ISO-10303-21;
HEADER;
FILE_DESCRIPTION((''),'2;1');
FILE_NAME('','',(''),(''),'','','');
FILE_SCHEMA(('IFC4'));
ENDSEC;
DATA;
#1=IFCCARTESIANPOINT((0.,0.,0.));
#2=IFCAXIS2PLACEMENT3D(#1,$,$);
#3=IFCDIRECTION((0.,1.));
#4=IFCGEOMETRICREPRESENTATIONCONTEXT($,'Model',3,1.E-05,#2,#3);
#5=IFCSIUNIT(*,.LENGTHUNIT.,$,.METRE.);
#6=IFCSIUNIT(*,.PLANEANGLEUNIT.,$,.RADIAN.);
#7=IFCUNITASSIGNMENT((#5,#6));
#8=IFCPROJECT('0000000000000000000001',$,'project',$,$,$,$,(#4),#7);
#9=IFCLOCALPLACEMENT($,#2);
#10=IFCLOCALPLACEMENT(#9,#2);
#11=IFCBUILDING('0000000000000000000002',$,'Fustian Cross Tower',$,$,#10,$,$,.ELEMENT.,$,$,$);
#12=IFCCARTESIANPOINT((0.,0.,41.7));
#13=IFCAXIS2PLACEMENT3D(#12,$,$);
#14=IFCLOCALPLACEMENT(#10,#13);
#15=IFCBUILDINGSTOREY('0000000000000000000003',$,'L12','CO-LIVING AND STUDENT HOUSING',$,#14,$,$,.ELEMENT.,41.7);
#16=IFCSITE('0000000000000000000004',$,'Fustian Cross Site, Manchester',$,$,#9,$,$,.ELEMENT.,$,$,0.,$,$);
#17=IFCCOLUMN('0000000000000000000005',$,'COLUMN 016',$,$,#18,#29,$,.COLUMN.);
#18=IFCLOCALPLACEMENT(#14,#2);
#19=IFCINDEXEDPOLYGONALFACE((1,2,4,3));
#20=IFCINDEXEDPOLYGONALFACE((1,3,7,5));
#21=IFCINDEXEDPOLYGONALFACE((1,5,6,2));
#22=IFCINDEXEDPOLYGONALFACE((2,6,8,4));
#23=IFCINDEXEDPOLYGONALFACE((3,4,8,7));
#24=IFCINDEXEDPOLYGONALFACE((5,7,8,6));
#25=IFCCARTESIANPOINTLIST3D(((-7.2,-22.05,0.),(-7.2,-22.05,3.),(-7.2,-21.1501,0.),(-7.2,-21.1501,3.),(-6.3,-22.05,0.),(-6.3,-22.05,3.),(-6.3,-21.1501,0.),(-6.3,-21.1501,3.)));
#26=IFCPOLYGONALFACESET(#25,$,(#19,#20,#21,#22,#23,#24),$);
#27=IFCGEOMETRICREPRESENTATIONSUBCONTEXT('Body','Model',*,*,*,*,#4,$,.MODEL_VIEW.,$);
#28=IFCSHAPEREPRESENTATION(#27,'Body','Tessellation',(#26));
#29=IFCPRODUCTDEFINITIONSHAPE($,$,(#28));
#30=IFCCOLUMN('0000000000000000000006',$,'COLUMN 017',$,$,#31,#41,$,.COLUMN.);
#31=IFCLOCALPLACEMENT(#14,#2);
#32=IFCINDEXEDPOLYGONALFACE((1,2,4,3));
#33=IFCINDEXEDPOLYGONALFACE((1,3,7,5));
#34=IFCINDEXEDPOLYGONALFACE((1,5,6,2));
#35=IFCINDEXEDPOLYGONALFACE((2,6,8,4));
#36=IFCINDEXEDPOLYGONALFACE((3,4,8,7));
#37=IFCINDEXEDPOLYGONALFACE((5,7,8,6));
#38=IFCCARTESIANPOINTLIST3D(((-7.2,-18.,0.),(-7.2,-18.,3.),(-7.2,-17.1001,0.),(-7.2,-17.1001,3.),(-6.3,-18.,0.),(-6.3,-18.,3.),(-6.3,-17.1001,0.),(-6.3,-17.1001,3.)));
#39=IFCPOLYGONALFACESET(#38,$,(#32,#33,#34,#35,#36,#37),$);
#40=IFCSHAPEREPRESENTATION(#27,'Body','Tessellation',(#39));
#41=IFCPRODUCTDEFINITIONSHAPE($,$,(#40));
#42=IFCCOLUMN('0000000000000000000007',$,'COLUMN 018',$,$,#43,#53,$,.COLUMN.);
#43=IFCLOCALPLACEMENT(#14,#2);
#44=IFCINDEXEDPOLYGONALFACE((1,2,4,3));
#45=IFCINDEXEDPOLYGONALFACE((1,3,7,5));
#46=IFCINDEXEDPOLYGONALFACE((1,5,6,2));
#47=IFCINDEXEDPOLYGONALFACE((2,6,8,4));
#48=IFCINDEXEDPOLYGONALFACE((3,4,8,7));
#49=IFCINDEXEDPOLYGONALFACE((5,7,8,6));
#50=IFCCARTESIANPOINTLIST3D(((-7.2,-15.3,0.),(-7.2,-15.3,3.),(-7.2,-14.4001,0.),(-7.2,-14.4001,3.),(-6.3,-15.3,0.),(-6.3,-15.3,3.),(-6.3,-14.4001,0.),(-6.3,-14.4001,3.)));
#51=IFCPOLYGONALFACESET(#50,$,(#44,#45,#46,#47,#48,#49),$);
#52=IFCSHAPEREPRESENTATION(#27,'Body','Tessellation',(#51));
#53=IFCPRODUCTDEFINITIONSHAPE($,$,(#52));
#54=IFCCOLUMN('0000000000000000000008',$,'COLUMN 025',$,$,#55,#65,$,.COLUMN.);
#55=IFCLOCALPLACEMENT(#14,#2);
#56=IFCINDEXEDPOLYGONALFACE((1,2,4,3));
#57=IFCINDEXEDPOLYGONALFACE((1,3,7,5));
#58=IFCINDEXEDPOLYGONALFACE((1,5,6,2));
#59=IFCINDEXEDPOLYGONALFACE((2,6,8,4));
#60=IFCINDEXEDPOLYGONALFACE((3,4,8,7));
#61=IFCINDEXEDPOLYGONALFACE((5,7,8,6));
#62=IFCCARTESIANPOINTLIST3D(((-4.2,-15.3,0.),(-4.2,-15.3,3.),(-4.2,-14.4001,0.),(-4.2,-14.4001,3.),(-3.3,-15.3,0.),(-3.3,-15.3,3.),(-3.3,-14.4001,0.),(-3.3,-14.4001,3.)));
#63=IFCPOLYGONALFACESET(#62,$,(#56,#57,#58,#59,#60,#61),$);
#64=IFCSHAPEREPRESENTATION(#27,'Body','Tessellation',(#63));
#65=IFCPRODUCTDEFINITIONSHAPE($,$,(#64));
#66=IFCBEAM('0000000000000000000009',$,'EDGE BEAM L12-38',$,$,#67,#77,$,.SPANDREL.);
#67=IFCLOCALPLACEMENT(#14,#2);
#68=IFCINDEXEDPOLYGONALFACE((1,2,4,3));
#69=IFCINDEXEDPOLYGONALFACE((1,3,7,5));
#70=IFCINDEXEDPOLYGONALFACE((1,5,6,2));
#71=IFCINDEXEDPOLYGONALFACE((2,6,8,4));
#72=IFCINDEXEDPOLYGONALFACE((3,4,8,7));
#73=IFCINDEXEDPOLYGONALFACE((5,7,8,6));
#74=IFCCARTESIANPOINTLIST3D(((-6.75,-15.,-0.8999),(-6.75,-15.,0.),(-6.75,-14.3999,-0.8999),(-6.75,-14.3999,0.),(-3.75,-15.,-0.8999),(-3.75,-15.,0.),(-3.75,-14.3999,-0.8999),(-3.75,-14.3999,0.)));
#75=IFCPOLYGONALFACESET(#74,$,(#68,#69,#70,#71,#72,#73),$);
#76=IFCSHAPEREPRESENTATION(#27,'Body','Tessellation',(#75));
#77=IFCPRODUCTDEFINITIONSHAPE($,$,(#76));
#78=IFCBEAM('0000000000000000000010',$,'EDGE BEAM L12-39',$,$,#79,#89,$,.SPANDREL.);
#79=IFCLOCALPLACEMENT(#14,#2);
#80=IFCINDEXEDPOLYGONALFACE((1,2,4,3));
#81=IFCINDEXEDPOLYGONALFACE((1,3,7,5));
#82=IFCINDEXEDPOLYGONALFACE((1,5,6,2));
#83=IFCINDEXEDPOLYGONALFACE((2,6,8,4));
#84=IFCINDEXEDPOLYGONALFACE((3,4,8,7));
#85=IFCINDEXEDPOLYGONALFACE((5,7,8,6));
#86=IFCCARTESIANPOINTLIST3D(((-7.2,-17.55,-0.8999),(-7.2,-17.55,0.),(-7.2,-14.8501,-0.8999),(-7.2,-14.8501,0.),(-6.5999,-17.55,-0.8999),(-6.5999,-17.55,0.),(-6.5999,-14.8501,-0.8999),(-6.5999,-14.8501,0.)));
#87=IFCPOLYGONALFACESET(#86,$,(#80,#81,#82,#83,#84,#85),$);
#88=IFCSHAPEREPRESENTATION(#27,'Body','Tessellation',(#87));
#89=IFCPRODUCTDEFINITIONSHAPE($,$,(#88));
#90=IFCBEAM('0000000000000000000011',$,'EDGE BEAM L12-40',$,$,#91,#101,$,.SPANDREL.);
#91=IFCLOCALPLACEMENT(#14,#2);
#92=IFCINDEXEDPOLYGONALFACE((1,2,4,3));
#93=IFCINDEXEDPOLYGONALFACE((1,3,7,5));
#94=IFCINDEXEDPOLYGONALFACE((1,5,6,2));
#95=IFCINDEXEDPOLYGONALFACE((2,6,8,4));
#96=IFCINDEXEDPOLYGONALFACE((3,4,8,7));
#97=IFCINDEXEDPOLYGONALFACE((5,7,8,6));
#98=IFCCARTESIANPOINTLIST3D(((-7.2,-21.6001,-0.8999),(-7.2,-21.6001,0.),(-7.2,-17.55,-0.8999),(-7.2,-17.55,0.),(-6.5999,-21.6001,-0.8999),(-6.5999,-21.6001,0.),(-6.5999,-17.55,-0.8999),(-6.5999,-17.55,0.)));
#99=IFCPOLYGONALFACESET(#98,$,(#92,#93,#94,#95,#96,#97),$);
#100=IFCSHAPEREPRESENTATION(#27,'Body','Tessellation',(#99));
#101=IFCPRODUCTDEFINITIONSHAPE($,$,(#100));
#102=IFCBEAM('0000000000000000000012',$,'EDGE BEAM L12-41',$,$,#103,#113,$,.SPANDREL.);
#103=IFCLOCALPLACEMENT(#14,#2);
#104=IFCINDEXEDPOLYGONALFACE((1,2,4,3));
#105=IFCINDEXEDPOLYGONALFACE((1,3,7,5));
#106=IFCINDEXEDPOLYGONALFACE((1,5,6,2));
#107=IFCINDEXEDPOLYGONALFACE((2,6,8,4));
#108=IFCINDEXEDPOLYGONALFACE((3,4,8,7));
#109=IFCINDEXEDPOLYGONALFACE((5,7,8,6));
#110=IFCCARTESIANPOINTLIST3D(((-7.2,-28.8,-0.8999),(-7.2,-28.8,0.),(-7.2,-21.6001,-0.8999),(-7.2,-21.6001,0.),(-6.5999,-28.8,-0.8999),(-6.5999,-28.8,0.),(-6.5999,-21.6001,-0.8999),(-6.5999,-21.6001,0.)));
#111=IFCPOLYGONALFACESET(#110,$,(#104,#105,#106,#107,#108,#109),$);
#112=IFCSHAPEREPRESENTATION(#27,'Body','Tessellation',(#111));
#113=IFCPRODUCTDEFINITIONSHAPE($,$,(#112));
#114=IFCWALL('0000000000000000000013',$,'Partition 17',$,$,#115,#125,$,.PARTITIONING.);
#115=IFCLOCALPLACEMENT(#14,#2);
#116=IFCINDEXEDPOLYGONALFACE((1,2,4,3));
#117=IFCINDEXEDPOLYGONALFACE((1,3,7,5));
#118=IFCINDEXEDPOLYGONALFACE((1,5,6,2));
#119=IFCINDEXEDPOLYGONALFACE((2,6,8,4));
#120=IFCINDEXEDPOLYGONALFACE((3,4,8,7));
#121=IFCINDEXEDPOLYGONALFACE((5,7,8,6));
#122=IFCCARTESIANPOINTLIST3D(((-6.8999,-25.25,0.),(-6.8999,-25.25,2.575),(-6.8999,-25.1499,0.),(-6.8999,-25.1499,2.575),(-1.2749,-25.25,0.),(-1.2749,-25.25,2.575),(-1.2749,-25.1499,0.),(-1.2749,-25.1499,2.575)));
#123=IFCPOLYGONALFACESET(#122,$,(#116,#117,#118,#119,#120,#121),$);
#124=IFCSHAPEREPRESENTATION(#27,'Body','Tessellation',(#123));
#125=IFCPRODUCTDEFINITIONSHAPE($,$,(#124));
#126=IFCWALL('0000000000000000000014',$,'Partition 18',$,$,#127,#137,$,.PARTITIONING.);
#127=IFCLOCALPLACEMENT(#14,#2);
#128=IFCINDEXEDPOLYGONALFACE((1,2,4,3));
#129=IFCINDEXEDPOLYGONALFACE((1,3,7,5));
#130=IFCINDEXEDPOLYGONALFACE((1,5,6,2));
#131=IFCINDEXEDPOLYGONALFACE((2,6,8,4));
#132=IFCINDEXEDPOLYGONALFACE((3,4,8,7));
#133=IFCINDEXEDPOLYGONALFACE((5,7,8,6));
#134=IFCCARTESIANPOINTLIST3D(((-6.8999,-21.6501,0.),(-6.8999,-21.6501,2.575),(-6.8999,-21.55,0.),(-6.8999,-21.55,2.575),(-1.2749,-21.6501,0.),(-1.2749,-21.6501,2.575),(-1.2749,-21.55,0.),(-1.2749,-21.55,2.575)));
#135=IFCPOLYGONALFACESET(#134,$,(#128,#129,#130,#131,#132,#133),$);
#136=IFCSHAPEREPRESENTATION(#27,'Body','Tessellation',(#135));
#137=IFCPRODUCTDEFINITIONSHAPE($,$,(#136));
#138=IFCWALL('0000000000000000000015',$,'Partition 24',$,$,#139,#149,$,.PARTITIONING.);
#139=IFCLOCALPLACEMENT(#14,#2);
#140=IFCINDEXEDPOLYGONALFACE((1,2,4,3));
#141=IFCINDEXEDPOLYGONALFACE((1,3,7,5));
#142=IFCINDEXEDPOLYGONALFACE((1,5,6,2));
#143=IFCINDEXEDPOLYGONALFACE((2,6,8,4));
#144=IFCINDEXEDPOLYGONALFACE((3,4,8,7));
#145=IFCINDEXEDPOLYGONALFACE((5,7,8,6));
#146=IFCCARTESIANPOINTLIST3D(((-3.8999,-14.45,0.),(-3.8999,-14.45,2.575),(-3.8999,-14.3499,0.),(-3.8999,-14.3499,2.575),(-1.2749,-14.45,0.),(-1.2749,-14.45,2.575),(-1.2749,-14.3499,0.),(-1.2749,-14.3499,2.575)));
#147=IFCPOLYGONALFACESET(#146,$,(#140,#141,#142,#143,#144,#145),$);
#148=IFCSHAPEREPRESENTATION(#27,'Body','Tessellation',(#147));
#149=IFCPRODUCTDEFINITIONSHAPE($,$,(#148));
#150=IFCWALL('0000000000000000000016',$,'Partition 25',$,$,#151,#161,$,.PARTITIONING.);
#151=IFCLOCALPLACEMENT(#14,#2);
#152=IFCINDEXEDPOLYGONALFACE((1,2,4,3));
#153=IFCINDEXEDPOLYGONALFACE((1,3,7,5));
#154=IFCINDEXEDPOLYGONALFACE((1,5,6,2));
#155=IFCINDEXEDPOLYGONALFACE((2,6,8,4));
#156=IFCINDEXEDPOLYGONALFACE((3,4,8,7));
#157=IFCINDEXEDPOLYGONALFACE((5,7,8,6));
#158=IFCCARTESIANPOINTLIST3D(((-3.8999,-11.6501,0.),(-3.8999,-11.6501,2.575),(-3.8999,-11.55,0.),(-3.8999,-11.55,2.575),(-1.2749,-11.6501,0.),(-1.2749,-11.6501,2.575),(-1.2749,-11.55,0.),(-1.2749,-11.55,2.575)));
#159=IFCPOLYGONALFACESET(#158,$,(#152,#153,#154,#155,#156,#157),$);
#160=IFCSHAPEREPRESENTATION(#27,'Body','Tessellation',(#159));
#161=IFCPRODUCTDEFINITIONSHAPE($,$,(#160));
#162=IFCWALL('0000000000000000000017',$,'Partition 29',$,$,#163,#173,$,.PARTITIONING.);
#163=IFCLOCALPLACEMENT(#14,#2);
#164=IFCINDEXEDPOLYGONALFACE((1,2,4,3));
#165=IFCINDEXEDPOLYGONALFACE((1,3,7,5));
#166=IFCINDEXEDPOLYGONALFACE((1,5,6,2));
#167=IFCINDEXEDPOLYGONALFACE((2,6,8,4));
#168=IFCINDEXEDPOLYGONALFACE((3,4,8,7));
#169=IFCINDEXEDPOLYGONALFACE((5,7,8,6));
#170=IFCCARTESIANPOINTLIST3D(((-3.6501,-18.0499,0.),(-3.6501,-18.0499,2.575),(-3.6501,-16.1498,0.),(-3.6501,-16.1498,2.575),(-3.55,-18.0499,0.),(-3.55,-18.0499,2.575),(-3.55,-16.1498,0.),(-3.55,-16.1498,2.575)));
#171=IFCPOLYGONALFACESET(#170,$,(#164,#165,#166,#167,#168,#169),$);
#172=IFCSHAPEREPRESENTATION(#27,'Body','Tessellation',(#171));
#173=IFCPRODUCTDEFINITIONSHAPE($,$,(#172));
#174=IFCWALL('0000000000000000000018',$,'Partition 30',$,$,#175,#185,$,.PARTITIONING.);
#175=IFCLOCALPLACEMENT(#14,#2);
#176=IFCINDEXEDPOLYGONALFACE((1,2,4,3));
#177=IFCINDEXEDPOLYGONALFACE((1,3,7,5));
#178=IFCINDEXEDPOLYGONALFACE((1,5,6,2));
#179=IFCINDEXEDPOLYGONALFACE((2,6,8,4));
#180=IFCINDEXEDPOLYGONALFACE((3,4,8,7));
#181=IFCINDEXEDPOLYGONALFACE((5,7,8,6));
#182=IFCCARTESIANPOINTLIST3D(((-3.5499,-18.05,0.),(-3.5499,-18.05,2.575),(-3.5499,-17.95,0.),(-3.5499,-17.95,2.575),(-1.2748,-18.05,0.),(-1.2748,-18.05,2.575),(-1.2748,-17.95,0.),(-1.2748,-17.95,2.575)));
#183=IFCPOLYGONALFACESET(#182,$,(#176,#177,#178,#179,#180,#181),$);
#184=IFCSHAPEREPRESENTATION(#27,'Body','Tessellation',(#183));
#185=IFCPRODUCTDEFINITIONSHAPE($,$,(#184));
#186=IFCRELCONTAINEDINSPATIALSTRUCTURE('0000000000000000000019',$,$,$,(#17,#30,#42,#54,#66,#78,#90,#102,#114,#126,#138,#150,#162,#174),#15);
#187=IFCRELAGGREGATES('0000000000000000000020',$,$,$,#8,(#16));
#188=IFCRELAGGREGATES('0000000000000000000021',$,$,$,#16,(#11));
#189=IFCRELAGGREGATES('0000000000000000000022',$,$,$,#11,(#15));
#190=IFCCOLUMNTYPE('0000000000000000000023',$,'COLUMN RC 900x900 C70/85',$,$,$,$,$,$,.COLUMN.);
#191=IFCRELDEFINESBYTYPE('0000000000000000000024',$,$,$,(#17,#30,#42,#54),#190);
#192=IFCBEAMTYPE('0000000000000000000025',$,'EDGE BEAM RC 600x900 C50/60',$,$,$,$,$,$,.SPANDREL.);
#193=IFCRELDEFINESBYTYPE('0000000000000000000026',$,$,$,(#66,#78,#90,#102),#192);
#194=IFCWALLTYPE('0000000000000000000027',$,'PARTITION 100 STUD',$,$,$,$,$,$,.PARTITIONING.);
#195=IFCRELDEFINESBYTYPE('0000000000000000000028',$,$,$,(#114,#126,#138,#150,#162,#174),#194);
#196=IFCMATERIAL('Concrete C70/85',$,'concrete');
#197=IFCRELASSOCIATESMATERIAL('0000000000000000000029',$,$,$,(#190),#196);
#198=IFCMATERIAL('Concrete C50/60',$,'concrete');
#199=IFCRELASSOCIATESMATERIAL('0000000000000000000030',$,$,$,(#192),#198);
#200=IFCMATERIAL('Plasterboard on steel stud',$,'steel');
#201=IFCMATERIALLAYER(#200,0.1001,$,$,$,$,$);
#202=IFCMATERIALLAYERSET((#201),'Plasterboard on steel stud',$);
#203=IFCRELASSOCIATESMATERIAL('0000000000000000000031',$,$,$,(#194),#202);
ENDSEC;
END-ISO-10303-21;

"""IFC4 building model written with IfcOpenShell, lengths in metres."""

from ifc_helpers import new_model, si_unit, direction, frame, frame_2d, origin, origin_2d, place, context, subcontext, project, spatial, rectangle, extrude, material, layer, layer_set, material_profile, profile_set, type_object, element, save


model = new_model("IFC4")

# Units and contexts
model_context = context("Model", 3, precision=1e-05, world=origin(), true_north=direction((0.0, 1.0)))
body_context = subcontext(model_context, "Body", "Model", "MODEL_VIEW")
ifc_project = project(units=[si_unit("LENGTHUNIT", "METRE"), si_unit("PLANEANGLEUNIT", "RADIAN")], contexts=[model_context])

# Site, building, storey
site_placement = place(None, origin())
site = spatial("IfcSite", under=ifc_project, at=site_placement, Name="Fustian Cross Site, Manchester", CompositionType="ELEMENT", RefElevation=0.0)
building_placement = place(site_placement, origin())
building = spatial("IfcBuilding", under=site, at=building_placement, Name="Fustian Cross Tower", CompositionType="ELEMENT")
storey_placement = place(building_placement, frame((0.0, 0.0, 41.7)))
storey = spatial("IfcBuildingStorey", under=building, at=storey_placement, Name="L12", Description="CO-LIVING AND STUDENT HOUSING", CompositionType="ELEMENT", Elevation=41.7)

# Columns
ifc_material_1 = material(Name="Concrete C70/85", Category="concrete")
ifc_material_profile_1 = material_profile(ifc_material_1, rectangle(XDim=0.8999, YDim=0.8999, at=origin_2d()), Name="RC 900x900")
ifc_profile_set_1 = profile_set([ifc_material_profile_1], Name="Concrete C70/85")
column_type = type_object("IfcColumnType", Name="COLUMN RC 900x900 C70/85", PredefinedType="COLUMN", material=ifc_profile_set_1)
for number, where, z_axis, x_axis, name in (
    (1, (-6.75, -21.6001, 0.0), (0.0, 0.0, 1.0), (1.0, 0.0, 0.0), "COLUMN 016"),
    (2, (-6.75, -17.55, 0.0), (0.0, 0.0, 1.0), (1.0, 0.0, 0.0), "COLUMN 017"),
    (3, (-6.75, -14.8501, 0.0), (0.0, 0.0, 1.0), (1.0, 0.0, 0.0), "COLUMN 018"),
    (4, (-3.75, -14.8501, 0.0), (0.0, 0.0, 1.0), (1.0, 0.0, 0.0), "COLUMN 025"),
):
    element("IfcColumn", number, at=place(storey_placement, frame(where, z_axis=z_axis, x_axis=x_axis)), inside=storey, type_object=column_type, Name=name, PredefinedType="COLUMN", context=body_context, shape_type="SweptSolid", body=[
        extrude(rectangle(XDim=0.8999, YDim=0.8999, at=origin_2d()), origin(), (0.0, 0.0, 1.0), 3.0),
    ])

# Beams
ifc_material_2 = material(Name="Concrete C50/60", Category="concrete")
ifc_material_profile_2 = material_profile(ifc_material_2, rectangle(XDim=0.6001, YDim=0.8999, at=origin_2d()), Name="RC 600x900")
ifc_profile_set_2 = profile_set([ifc_material_profile_2], Name="Concrete C50/60")
beam_type = type_object("IfcBeamType", Name="EDGE BEAM RC 600x900 C50/60", PredefinedType="SPANDREL", material=ifc_profile_set_2)
beam_1_placement = place(storey_placement, frame((-3.75, -14.7, -0.45), z_axis=(-1.0, 0.0, 0.0), x_axis=(0.0, -1.0, 0.0)))
element("IfcBeam", 5, at=beam_1_placement, inside=storey, type_object=beam_type, Name="EDGE BEAM L12-38", PredefinedType="SPANDREL", context=body_context, shape_type="SweptSolid", body=[
    extrude(rectangle(XDim=0.6001, YDim=0.8999, at=origin_2d()), origin(), (0.0, 0.0, 1.0), 3.0),
])
beam_2_placement = place(storey_placement, frame((-6.8999, -14.8501, -0.45), z_axis=(0.0, -1.0, 0.0), x_axis=(1.0, 0.0, 0.0)))
element("IfcBeam", 6, at=beam_2_placement, inside=storey, type_object=beam_type, Name="EDGE BEAM L12-39", PredefinedType="SPANDREL", context=body_context, shape_type="SweptSolid", body=[
    extrude(rectangle(XDim=0.6001, YDim=0.8999, at=origin_2d()), origin(), (0.0, 0.0, 1.0), 2.7),
])
beam_3_placement = place(storey_placement, frame((-6.8999, -17.55, -0.45), z_axis=(0.0, -1.0, 0.0), x_axis=(1.0, 0.0, 0.0)))
element("IfcBeam", 7, at=beam_3_placement, inside=storey, type_object=beam_type, Name="EDGE BEAM L12-40", PredefinedType="SPANDREL", context=body_context, shape_type="SweptSolid", body=[
    extrude(rectangle(XDim=0.6001, YDim=0.8999, at=origin_2d()), origin(), (0.0, 0.0, 1.0), 4.05),
])
beam_4_placement = place(storey_placement, frame((-6.8999, -21.6001, -0.45), z_axis=(0.0, -1.0, 0.0), x_axis=(1.0, 0.0, 0.0)))
element("IfcBeam", 8, at=beam_4_placement, inside=storey, type_object=beam_type, Name="EDGE BEAM L12-41", PredefinedType="SPANDREL", context=body_context, shape_type="SweptSolid", body=[
    extrude(rectangle(XDim=0.6001, YDim=0.8999, at=origin_2d()), origin(), (0.0, 0.0, 1.0), 7.2),
])

# Walls
ifc_material_3 = material(Name="Plasterboard on steel stud", Category="steel")
ifc_layer_1 = layer(ifc_material_3, 0.1001)
ifc_layer_set_1 = layer_set([ifc_layer_1], Name="Plasterboard on steel stud")
wall_type_1 = type_object("IfcWallType", Name="PARTITION 100 STUD", PredefinedType="PARTITIONING", material=ifc_layer_set_1)
for number, where, z_axis, x_axis, name in (
    (9, (-6.8999, -25.2, 0.0), (0.0, 0.0, 1.0), (1.0, 0.0, 0.0), "Partition 17"),
    (10, (-6.8999, -21.6001, 0.0), (0.0, 0.0, 1.0), (1.0, 0.0, 0.0), "Partition 18"),
):
    element("IfcWall", number, at=place(storey_placement, frame(where, z_axis=z_axis, x_axis=x_axis)), inside=storey, type_object=wall_type_1, Name=name, PredefinedType="PARTITIONING", context=body_context, shape_type="SweptSolid", body=[
        extrude(rectangle(XDim=5.625, YDim=0.1001, at=frame_2d((2.8125, 0.0))), origin(), (0.0, 0.0, 1.0), 2.575),
    ])
for number, where, z_axis, x_axis, name in (
    (11, (-3.8999, -14.3999, 0.0), (0.0, 0.0, 1.0), (1.0, 0.0, 0.0), "Partition 24"),
    (12, (-3.8999, -11.6001, 0.0), (0.0, 0.0, 1.0), (1.0, 0.0, 0.0), "Partition 25"),
):
    element("IfcWall", number, at=place(storey_placement, frame(where, z_axis=z_axis, x_axis=x_axis)), inside=storey, type_object=wall_type_1, Name=name, PredefinedType="PARTITIONING", context=body_context, shape_type="SweptSolid", body=[
        extrude(rectangle(XDim=2.625, YDim=0.1001, at=frame_2d((1.3125, 0.0))), origin(), (0.0, 0.0, 1.0), 2.575),
    ])
wall_1_placement = place(storey_placement, frame((-3.6001, -18.05, 0.0), z_axis=(0.0, 0.0, 1.0), x_axis=(0.0, 1.0, 0.0)))
element("IfcWall", 13, at=wall_1_placement, inside=storey, type_object=wall_type_1, Name="Partition 29", PredefinedType="PARTITIONING", context=body_context, shape_type="SweptSolid", body=[
    extrude(rectangle(XDim=1.9001, YDim=0.1001, at=frame_2d((0.9502, 0.0))), origin(), (0.0, 0.0, 1.0), 2.575),
])
wall_2_placement = place(storey_placement, frame((-3.55, -18.0, 0.0), z_axis=(0.0, 0.0, 1.0), x_axis=(1.0, 0.0, 0.0)))
element("IfcWall", 14, at=wall_2_placement, inside=storey, type_object=wall_type_1, Name="Partition 30", PredefinedType="PARTITIONING", context=body_context, shape_type="SweptSolid", body=[
    extrude(rectangle(XDim=2.2751, YDim=0.1001, at=frame_2d((1.1377, 0.0))), origin(), (0.0, 0.0, 1.0), 2.575),
])

save(model, "model.ifc")
